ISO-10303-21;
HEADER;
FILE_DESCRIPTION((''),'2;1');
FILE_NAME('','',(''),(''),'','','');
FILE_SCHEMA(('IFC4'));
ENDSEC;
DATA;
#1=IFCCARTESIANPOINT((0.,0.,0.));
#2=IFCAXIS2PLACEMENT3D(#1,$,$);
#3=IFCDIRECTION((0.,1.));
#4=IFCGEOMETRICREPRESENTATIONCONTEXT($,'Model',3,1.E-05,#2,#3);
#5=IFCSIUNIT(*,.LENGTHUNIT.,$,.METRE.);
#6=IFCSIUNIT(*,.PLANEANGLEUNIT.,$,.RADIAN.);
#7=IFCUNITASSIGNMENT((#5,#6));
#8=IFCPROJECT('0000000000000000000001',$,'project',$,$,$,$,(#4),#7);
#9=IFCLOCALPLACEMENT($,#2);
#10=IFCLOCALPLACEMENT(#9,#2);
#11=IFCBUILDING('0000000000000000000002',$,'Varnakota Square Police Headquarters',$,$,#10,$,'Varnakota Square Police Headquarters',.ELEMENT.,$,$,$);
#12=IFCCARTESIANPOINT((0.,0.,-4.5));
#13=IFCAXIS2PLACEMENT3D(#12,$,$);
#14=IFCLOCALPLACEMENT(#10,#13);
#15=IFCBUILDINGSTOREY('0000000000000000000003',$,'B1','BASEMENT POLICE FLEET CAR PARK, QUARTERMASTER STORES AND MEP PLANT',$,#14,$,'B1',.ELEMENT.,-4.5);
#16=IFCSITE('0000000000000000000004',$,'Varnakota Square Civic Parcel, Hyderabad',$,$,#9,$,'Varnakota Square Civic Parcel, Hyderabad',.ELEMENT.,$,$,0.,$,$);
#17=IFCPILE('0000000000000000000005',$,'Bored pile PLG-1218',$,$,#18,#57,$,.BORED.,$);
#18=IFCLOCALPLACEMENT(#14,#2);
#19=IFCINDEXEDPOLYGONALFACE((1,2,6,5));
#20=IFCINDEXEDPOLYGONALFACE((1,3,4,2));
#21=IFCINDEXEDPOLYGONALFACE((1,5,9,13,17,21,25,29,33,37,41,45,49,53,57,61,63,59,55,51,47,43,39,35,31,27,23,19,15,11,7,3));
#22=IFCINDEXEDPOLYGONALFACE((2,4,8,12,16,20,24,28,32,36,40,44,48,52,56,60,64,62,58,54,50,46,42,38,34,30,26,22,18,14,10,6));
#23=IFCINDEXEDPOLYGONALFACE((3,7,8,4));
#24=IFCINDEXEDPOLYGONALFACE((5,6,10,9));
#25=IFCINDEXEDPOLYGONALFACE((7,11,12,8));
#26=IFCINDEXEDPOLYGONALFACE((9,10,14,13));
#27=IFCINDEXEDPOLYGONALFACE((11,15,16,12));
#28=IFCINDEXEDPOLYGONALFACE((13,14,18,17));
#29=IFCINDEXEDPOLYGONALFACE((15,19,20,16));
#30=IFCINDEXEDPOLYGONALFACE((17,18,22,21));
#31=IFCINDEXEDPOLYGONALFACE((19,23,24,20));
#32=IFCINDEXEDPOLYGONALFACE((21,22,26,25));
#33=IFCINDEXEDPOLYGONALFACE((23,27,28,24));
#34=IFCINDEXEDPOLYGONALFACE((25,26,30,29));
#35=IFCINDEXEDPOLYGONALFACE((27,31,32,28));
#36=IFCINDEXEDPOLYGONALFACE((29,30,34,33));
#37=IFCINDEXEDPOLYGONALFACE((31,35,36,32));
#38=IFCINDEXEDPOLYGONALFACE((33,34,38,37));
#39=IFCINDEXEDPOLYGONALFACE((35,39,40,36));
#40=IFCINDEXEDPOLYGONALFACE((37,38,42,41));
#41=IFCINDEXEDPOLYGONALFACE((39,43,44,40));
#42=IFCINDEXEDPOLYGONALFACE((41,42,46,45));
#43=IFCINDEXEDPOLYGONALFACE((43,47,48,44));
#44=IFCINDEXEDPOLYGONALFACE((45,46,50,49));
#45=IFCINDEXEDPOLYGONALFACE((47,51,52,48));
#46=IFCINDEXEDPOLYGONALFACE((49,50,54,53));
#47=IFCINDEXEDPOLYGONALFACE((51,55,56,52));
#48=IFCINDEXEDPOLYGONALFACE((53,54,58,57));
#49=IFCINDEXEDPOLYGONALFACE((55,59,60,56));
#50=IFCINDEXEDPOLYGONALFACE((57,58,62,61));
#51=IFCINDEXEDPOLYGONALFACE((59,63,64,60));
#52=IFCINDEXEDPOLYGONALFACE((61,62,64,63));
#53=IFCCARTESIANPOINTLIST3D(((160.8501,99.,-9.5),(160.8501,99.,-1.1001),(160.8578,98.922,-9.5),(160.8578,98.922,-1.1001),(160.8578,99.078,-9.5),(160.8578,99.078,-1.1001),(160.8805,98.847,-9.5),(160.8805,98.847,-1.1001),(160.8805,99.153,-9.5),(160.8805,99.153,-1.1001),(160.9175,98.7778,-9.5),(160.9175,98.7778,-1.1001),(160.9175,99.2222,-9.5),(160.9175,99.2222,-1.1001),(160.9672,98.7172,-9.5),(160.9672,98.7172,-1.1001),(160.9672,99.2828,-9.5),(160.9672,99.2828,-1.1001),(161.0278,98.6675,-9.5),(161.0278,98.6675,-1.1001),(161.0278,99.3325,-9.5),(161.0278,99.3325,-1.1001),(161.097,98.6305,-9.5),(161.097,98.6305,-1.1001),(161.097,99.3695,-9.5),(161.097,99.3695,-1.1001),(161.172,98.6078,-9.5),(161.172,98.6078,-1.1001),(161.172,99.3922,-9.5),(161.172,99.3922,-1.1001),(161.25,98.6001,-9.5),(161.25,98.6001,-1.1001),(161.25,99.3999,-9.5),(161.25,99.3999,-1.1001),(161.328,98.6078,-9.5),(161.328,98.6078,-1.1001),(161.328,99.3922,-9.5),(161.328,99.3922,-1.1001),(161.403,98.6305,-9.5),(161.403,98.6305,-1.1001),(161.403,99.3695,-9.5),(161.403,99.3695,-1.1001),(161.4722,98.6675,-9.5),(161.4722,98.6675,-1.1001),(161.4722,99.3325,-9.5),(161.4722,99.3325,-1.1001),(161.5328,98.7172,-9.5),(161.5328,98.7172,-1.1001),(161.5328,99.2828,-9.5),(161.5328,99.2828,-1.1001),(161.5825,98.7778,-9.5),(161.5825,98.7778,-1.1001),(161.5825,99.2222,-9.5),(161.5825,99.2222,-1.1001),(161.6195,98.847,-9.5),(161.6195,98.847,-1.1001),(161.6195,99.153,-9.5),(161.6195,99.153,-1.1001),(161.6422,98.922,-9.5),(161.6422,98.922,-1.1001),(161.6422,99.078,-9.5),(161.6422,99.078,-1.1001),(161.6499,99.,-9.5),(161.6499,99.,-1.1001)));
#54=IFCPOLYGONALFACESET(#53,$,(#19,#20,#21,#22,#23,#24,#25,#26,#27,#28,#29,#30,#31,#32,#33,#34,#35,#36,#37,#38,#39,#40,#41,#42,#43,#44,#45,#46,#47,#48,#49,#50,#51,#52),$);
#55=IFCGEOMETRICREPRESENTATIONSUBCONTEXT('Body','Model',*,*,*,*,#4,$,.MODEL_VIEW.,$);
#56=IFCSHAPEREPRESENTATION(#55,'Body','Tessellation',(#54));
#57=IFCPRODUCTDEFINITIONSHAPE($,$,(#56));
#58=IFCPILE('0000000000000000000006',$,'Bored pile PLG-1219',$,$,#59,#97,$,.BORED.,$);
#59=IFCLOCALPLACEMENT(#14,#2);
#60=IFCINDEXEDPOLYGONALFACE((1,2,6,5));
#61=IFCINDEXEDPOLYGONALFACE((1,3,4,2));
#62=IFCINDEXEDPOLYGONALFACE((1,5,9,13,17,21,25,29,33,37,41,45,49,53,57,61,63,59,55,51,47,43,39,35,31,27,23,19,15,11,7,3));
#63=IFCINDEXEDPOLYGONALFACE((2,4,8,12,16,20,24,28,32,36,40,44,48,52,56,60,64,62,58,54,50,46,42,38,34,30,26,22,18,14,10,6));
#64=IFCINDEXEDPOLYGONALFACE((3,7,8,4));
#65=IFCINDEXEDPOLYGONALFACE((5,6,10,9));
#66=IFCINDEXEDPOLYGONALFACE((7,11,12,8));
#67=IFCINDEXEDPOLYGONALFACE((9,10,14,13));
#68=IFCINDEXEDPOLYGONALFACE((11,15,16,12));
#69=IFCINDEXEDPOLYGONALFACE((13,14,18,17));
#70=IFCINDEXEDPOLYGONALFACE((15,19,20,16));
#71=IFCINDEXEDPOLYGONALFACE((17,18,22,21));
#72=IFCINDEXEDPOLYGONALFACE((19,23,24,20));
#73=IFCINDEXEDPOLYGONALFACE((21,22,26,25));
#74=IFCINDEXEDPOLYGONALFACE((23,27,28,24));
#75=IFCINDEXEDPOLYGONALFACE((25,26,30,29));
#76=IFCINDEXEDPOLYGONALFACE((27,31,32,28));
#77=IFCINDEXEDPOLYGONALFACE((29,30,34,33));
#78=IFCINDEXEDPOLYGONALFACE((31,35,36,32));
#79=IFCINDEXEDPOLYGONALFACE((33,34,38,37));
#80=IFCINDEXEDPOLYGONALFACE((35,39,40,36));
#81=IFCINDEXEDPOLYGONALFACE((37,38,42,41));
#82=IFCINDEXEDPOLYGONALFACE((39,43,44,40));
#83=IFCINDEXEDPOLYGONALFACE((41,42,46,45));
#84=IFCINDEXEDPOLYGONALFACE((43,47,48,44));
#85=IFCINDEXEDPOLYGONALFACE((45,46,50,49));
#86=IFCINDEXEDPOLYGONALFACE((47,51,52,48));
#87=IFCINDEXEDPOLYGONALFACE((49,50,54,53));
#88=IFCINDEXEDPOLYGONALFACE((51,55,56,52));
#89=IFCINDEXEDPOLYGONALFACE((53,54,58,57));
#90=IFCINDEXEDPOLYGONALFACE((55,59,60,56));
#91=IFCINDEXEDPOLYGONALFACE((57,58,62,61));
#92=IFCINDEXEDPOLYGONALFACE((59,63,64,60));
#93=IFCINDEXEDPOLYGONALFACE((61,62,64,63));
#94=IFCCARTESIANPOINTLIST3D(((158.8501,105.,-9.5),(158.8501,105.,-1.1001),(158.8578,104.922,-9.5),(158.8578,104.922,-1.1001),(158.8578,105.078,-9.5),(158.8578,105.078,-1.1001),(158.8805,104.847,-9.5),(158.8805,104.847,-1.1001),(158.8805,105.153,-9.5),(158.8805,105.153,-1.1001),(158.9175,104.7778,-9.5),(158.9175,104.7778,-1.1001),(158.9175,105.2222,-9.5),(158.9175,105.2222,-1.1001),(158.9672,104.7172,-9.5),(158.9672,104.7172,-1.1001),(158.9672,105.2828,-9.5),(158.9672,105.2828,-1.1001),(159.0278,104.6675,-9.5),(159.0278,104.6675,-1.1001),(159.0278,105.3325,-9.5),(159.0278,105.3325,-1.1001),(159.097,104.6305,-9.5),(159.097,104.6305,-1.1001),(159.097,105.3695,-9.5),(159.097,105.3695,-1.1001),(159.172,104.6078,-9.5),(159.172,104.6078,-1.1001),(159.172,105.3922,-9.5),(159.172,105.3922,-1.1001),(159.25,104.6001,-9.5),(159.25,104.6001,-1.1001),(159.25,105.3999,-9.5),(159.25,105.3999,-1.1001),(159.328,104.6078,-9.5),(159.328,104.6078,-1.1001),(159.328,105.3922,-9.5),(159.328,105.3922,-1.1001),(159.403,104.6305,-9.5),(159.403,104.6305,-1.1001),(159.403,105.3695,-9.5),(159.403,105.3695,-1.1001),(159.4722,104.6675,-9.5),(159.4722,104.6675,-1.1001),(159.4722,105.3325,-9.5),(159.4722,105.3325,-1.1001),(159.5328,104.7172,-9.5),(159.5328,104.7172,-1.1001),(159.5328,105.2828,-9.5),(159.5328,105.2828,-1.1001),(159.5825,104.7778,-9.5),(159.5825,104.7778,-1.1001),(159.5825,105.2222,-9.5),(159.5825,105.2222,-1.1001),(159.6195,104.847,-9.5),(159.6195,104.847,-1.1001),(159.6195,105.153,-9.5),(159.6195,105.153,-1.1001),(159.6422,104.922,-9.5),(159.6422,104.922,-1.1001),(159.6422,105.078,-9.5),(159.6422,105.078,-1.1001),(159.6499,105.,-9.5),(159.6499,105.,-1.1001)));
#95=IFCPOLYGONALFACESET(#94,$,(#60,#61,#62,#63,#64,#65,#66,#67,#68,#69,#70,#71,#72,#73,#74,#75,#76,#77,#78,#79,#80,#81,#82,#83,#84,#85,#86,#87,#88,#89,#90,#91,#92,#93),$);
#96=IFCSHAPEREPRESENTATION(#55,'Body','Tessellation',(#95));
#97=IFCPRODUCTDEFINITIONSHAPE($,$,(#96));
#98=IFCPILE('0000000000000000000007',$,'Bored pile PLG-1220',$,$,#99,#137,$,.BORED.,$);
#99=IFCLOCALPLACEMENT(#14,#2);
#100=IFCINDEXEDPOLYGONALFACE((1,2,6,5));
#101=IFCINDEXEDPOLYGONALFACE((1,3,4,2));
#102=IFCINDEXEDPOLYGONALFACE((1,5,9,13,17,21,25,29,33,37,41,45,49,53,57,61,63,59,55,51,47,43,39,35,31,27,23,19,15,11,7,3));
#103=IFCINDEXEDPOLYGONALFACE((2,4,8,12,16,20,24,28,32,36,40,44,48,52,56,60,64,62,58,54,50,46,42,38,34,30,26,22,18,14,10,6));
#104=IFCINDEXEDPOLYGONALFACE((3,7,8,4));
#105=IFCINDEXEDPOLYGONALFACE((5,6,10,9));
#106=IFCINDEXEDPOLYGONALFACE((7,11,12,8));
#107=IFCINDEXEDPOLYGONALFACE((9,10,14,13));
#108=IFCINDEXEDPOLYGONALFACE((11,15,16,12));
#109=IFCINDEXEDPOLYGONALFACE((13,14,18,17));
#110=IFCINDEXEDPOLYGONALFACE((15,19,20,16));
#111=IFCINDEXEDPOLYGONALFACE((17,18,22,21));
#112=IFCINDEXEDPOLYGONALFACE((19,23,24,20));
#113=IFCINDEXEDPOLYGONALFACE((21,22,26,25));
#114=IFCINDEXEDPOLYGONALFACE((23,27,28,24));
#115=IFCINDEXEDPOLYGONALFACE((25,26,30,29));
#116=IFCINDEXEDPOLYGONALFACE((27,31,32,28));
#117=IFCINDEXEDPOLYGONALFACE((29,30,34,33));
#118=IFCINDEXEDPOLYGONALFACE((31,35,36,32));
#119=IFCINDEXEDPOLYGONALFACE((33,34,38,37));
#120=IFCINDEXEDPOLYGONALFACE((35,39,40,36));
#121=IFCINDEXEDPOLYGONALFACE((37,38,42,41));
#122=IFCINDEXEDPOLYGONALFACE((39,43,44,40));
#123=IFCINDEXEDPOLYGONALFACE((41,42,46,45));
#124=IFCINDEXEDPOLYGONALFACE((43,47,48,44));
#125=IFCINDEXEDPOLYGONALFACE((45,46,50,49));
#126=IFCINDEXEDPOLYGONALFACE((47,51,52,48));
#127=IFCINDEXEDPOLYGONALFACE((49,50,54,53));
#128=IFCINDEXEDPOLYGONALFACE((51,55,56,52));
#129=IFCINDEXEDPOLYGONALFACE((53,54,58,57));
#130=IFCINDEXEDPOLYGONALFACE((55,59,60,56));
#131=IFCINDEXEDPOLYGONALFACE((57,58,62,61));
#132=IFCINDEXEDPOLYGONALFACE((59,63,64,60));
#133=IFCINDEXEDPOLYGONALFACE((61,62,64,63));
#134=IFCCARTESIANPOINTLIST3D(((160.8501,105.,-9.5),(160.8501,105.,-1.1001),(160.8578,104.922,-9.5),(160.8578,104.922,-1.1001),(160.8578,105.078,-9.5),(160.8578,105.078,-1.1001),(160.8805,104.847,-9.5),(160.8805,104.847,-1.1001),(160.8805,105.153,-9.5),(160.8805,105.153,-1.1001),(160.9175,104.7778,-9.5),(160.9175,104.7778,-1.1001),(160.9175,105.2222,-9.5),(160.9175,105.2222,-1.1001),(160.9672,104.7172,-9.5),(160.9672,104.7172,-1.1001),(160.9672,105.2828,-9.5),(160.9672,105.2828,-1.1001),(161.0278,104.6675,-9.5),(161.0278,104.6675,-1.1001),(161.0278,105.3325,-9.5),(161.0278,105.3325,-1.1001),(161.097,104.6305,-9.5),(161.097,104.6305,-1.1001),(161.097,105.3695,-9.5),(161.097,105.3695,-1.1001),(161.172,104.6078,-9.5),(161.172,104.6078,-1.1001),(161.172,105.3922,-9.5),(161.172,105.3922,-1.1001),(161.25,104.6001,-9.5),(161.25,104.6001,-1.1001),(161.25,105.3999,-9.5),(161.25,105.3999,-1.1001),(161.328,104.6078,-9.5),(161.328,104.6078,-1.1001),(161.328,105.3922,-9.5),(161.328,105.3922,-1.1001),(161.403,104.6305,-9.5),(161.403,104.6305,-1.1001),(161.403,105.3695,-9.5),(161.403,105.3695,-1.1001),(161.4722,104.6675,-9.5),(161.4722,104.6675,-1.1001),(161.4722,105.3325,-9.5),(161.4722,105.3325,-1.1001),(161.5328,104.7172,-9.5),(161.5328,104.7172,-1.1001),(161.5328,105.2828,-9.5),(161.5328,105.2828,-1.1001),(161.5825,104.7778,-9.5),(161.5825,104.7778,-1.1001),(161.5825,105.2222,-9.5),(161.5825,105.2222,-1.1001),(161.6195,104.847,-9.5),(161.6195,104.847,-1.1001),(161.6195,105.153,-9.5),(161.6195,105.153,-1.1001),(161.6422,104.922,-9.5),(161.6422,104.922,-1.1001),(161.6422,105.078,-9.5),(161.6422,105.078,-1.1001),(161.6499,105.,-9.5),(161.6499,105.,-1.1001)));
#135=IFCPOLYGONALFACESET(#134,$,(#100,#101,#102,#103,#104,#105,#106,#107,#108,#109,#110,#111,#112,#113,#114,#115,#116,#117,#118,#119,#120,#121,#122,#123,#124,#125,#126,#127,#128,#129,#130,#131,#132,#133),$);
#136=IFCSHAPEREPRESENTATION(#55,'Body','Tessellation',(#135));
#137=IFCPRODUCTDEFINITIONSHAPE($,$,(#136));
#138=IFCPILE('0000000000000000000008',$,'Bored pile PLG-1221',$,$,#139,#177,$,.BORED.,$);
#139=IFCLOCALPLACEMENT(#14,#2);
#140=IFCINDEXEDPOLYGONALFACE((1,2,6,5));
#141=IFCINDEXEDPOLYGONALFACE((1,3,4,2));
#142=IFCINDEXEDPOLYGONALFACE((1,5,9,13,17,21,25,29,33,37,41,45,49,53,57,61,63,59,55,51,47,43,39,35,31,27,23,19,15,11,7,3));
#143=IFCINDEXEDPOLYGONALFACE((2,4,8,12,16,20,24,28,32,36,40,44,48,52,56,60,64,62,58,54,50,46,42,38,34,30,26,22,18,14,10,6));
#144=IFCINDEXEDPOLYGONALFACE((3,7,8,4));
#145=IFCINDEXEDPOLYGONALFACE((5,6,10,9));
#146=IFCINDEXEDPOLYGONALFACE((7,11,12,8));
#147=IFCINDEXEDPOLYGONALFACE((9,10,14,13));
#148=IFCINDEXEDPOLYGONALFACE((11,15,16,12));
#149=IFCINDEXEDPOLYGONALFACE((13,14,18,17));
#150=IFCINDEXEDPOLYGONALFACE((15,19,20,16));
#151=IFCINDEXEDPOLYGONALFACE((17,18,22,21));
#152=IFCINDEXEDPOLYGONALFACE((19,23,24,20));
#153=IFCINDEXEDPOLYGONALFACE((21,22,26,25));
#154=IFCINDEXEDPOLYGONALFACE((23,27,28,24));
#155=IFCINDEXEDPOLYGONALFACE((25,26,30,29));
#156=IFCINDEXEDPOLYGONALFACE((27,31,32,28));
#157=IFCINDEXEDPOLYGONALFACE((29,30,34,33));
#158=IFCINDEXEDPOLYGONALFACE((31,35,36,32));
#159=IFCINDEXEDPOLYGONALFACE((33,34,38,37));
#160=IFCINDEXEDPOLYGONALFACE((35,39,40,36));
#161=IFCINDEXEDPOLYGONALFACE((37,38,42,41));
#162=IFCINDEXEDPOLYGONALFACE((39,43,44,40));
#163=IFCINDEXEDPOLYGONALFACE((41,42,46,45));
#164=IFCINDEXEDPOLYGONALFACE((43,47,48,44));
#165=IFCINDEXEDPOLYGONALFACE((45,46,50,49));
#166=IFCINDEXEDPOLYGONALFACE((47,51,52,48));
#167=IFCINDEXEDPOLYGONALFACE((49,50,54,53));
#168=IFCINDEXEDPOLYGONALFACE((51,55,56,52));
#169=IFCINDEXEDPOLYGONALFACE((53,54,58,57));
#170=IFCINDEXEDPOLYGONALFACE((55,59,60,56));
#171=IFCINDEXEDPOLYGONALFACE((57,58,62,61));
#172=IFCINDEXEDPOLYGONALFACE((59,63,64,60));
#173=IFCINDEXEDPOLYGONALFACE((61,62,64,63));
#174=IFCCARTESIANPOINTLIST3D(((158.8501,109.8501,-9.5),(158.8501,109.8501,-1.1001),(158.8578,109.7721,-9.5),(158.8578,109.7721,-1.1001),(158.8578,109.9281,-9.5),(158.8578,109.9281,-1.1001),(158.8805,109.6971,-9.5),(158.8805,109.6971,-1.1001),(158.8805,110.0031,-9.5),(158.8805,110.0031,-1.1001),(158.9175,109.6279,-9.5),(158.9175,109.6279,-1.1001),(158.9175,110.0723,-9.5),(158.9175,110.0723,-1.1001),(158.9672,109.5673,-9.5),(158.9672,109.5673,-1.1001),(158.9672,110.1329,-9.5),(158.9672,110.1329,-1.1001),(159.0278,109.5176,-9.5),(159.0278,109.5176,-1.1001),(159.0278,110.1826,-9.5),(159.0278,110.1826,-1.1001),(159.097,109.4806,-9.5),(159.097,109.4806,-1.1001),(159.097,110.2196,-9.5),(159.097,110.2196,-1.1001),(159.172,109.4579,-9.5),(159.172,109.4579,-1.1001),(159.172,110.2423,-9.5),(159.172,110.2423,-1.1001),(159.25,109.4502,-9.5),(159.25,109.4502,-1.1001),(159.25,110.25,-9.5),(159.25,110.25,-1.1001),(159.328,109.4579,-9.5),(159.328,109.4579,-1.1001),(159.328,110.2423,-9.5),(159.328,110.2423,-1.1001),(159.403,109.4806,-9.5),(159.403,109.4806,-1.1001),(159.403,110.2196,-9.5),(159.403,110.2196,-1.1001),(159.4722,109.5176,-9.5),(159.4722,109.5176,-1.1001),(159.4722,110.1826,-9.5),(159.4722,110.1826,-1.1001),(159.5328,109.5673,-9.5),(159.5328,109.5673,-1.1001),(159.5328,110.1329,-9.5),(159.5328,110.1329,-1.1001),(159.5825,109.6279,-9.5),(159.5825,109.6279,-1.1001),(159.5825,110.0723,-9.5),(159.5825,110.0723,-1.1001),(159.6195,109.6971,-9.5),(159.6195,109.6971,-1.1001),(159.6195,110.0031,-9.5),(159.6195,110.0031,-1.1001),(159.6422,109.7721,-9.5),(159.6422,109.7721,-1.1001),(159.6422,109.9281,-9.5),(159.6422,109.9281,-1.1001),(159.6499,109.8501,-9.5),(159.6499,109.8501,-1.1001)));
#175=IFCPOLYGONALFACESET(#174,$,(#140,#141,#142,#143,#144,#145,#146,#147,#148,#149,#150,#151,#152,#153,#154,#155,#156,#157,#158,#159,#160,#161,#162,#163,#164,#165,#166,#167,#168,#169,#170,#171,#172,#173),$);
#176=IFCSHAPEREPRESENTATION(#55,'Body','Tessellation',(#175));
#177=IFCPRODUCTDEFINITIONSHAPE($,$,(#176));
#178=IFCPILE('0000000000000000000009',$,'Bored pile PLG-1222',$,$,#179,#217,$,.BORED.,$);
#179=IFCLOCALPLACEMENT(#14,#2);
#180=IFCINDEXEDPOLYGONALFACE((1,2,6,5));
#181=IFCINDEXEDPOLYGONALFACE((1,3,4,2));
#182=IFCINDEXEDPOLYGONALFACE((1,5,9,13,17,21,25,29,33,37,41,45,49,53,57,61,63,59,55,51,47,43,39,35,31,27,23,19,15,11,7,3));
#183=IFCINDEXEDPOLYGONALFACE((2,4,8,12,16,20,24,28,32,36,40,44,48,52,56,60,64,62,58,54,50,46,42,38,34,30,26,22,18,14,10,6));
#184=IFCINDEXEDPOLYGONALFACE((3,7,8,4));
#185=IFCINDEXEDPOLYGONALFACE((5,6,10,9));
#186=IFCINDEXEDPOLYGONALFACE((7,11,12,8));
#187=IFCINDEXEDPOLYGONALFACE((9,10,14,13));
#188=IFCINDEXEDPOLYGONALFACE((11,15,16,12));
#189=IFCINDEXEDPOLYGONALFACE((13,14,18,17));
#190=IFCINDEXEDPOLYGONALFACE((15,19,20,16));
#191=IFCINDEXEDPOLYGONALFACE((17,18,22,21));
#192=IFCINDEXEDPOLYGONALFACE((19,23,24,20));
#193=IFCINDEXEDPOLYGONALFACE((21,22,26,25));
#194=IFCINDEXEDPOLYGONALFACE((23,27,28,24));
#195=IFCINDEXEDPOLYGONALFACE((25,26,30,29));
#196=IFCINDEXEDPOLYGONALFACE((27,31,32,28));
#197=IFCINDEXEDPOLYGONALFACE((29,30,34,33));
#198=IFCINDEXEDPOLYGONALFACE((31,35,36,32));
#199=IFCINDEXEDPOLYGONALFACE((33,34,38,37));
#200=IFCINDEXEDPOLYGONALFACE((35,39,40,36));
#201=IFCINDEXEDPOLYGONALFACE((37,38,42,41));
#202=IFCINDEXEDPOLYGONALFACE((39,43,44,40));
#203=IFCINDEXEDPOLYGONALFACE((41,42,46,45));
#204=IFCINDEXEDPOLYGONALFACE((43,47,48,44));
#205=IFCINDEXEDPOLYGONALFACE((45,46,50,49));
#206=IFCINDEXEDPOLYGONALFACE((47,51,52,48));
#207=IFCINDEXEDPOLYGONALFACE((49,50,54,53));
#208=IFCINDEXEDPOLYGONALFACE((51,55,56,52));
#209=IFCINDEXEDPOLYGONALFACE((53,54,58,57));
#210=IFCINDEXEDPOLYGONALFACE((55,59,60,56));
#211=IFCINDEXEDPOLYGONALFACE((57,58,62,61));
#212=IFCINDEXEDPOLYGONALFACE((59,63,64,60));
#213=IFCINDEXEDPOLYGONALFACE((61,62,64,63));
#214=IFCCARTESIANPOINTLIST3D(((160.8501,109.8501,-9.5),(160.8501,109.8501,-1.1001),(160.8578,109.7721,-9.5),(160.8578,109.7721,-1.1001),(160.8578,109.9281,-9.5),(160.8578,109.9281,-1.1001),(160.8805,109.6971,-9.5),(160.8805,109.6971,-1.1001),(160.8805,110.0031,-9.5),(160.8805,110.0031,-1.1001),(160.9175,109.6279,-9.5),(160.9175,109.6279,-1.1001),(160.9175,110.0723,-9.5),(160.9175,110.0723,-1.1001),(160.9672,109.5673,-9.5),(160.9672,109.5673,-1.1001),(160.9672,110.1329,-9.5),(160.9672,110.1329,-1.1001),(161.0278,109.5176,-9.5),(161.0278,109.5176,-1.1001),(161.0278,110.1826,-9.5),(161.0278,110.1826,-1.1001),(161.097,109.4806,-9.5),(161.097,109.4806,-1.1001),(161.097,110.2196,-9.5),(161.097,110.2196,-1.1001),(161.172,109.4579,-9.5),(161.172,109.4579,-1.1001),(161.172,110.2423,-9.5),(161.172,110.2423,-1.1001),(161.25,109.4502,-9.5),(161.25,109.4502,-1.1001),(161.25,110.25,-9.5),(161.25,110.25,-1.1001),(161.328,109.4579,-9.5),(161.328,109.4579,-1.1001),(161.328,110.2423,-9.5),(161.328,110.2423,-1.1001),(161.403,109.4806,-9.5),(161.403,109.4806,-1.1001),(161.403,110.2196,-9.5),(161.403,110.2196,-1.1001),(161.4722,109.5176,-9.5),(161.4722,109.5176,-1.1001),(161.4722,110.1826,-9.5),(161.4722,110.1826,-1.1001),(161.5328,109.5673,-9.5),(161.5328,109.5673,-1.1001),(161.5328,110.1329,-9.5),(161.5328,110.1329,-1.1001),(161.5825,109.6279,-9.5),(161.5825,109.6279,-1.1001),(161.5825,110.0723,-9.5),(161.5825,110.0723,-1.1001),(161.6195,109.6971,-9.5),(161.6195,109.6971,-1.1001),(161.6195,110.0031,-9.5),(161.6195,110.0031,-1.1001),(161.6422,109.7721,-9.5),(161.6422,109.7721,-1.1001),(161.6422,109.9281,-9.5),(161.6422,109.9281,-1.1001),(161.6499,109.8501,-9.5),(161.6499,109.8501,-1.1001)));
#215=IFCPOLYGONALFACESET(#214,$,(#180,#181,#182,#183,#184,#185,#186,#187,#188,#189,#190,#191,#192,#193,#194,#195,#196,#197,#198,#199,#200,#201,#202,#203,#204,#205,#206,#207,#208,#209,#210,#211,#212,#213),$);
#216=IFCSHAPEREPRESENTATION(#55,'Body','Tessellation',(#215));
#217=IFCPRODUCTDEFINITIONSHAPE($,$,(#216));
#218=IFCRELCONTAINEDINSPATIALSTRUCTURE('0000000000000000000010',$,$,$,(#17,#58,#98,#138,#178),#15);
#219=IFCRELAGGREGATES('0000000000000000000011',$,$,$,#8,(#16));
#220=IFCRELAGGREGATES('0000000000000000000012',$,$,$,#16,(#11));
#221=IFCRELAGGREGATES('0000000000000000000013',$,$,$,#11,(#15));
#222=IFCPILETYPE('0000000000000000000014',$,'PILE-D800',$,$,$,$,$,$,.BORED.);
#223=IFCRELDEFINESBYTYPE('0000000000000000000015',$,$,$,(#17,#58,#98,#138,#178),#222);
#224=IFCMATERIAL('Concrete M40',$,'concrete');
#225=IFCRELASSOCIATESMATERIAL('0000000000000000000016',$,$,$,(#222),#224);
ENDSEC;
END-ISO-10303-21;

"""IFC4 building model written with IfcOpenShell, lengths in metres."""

from ifc_helpers import new_model, si_unit, direction, frame, origin, origin_2d, place, context, subcontext, project, spatial, circle, extrude, material, material_profile, profile_set, type_object, element, save


model = new_model("IFC4")

# Units and contexts
model_context = context("Model", 3, precision=1e-05, world=origin(), true_north=direction((0.0, 1.0)))
body_context = subcontext(model_context, "Body", "Model", "MODEL_VIEW")
ifc_project = project(units=[si_unit("LENGTHUNIT", "METRE"), si_unit("PLANEANGLEUNIT", "RADIAN")], contexts=[model_context])

# Site, building, storey
site_placement = place(None, origin())
site = spatial("IfcSite", under=ifc_project, at=site_placement, Name="Varnakota Square Civic Parcel, Hyderabad", LongName="Varnakota Square Civic Parcel, Hyderabad", CompositionType="ELEMENT", RefElevation=0.0)
building_placement = place(site_placement, origin())
building = spatial("IfcBuilding", under=site, at=building_placement, Name="Varnakota Square Police Headquarters", LongName="Varnakota Square Police Headquarters", CompositionType="ELEMENT")
storey_placement = place(building_placement, frame((0.0, 0.0, -4.5)))
storey = spatial("IfcBuildingStorey", under=building, at=storey_placement, Name="B1", Description="BASEMENT POLICE FLEET CAR PARK, QUARTERMASTER STORES AND MEP PLANT", LongName="B1", CompositionType="ELEMENT", Elevation=-4.5)

# Shared definitions
ifc_material_1 = material(Name="Concrete M40", Category="concrete")

# Piles
ifc_material_profile_1 = material_profile(ifc_material_1, circle(Radius=0.3999, at=origin_2d()), Name="BORED PILE 800")
ifc_profile_set_1 = profile_set([ifc_material_profile_1], Name="Concrete M40")
pile_type = type_object("IfcPileType", Name="PILE-D800", PredefinedType="BORED", material=ifc_profile_set_1)
for number, where, z_axis, x_axis, name in (
    (1, (161.25, 99.0, -1.1001), (0.0, 0.0, -1.0), (1.0, 0.0, 0.0), "Bored pile PLG-1218"),
    (2, (159.25, 105.0, -1.1001), (0.0, 0.0, -1.0), (1.0, 0.0, 0.0), "Bored pile PLG-1219"),
    (3, (161.25, 105.0, -1.1001), (0.0, 0.0, -1.0), (1.0, 0.0, 0.0), "Bored pile PLG-1220"),
    (4, (159.25, 109.8501, -1.1001), (0.0, 0.0, -1.0), (1.0, 0.0, 0.0), "Bored pile PLG-1221"),
    (5, (161.25, 109.8501, -1.1001), (0.0, 0.0, -1.0), (1.0, 0.0, 0.0), "Bored pile PLG-1222"),
):
    element("IfcPile", number, at=place(storey_placement, frame(where, z_axis=z_axis, x_axis=x_axis)), inside=storey, type_object=pile_type, Name=name, PredefinedType="BORED", context=body_context, shape_type="SweptSolid", body=[
        extrude(circle(Radius=0.3999, at=origin_2d()), origin(), (0.0, 0.0, 1.0), 8.3999),
    ])

save(model, "model.ifc")
